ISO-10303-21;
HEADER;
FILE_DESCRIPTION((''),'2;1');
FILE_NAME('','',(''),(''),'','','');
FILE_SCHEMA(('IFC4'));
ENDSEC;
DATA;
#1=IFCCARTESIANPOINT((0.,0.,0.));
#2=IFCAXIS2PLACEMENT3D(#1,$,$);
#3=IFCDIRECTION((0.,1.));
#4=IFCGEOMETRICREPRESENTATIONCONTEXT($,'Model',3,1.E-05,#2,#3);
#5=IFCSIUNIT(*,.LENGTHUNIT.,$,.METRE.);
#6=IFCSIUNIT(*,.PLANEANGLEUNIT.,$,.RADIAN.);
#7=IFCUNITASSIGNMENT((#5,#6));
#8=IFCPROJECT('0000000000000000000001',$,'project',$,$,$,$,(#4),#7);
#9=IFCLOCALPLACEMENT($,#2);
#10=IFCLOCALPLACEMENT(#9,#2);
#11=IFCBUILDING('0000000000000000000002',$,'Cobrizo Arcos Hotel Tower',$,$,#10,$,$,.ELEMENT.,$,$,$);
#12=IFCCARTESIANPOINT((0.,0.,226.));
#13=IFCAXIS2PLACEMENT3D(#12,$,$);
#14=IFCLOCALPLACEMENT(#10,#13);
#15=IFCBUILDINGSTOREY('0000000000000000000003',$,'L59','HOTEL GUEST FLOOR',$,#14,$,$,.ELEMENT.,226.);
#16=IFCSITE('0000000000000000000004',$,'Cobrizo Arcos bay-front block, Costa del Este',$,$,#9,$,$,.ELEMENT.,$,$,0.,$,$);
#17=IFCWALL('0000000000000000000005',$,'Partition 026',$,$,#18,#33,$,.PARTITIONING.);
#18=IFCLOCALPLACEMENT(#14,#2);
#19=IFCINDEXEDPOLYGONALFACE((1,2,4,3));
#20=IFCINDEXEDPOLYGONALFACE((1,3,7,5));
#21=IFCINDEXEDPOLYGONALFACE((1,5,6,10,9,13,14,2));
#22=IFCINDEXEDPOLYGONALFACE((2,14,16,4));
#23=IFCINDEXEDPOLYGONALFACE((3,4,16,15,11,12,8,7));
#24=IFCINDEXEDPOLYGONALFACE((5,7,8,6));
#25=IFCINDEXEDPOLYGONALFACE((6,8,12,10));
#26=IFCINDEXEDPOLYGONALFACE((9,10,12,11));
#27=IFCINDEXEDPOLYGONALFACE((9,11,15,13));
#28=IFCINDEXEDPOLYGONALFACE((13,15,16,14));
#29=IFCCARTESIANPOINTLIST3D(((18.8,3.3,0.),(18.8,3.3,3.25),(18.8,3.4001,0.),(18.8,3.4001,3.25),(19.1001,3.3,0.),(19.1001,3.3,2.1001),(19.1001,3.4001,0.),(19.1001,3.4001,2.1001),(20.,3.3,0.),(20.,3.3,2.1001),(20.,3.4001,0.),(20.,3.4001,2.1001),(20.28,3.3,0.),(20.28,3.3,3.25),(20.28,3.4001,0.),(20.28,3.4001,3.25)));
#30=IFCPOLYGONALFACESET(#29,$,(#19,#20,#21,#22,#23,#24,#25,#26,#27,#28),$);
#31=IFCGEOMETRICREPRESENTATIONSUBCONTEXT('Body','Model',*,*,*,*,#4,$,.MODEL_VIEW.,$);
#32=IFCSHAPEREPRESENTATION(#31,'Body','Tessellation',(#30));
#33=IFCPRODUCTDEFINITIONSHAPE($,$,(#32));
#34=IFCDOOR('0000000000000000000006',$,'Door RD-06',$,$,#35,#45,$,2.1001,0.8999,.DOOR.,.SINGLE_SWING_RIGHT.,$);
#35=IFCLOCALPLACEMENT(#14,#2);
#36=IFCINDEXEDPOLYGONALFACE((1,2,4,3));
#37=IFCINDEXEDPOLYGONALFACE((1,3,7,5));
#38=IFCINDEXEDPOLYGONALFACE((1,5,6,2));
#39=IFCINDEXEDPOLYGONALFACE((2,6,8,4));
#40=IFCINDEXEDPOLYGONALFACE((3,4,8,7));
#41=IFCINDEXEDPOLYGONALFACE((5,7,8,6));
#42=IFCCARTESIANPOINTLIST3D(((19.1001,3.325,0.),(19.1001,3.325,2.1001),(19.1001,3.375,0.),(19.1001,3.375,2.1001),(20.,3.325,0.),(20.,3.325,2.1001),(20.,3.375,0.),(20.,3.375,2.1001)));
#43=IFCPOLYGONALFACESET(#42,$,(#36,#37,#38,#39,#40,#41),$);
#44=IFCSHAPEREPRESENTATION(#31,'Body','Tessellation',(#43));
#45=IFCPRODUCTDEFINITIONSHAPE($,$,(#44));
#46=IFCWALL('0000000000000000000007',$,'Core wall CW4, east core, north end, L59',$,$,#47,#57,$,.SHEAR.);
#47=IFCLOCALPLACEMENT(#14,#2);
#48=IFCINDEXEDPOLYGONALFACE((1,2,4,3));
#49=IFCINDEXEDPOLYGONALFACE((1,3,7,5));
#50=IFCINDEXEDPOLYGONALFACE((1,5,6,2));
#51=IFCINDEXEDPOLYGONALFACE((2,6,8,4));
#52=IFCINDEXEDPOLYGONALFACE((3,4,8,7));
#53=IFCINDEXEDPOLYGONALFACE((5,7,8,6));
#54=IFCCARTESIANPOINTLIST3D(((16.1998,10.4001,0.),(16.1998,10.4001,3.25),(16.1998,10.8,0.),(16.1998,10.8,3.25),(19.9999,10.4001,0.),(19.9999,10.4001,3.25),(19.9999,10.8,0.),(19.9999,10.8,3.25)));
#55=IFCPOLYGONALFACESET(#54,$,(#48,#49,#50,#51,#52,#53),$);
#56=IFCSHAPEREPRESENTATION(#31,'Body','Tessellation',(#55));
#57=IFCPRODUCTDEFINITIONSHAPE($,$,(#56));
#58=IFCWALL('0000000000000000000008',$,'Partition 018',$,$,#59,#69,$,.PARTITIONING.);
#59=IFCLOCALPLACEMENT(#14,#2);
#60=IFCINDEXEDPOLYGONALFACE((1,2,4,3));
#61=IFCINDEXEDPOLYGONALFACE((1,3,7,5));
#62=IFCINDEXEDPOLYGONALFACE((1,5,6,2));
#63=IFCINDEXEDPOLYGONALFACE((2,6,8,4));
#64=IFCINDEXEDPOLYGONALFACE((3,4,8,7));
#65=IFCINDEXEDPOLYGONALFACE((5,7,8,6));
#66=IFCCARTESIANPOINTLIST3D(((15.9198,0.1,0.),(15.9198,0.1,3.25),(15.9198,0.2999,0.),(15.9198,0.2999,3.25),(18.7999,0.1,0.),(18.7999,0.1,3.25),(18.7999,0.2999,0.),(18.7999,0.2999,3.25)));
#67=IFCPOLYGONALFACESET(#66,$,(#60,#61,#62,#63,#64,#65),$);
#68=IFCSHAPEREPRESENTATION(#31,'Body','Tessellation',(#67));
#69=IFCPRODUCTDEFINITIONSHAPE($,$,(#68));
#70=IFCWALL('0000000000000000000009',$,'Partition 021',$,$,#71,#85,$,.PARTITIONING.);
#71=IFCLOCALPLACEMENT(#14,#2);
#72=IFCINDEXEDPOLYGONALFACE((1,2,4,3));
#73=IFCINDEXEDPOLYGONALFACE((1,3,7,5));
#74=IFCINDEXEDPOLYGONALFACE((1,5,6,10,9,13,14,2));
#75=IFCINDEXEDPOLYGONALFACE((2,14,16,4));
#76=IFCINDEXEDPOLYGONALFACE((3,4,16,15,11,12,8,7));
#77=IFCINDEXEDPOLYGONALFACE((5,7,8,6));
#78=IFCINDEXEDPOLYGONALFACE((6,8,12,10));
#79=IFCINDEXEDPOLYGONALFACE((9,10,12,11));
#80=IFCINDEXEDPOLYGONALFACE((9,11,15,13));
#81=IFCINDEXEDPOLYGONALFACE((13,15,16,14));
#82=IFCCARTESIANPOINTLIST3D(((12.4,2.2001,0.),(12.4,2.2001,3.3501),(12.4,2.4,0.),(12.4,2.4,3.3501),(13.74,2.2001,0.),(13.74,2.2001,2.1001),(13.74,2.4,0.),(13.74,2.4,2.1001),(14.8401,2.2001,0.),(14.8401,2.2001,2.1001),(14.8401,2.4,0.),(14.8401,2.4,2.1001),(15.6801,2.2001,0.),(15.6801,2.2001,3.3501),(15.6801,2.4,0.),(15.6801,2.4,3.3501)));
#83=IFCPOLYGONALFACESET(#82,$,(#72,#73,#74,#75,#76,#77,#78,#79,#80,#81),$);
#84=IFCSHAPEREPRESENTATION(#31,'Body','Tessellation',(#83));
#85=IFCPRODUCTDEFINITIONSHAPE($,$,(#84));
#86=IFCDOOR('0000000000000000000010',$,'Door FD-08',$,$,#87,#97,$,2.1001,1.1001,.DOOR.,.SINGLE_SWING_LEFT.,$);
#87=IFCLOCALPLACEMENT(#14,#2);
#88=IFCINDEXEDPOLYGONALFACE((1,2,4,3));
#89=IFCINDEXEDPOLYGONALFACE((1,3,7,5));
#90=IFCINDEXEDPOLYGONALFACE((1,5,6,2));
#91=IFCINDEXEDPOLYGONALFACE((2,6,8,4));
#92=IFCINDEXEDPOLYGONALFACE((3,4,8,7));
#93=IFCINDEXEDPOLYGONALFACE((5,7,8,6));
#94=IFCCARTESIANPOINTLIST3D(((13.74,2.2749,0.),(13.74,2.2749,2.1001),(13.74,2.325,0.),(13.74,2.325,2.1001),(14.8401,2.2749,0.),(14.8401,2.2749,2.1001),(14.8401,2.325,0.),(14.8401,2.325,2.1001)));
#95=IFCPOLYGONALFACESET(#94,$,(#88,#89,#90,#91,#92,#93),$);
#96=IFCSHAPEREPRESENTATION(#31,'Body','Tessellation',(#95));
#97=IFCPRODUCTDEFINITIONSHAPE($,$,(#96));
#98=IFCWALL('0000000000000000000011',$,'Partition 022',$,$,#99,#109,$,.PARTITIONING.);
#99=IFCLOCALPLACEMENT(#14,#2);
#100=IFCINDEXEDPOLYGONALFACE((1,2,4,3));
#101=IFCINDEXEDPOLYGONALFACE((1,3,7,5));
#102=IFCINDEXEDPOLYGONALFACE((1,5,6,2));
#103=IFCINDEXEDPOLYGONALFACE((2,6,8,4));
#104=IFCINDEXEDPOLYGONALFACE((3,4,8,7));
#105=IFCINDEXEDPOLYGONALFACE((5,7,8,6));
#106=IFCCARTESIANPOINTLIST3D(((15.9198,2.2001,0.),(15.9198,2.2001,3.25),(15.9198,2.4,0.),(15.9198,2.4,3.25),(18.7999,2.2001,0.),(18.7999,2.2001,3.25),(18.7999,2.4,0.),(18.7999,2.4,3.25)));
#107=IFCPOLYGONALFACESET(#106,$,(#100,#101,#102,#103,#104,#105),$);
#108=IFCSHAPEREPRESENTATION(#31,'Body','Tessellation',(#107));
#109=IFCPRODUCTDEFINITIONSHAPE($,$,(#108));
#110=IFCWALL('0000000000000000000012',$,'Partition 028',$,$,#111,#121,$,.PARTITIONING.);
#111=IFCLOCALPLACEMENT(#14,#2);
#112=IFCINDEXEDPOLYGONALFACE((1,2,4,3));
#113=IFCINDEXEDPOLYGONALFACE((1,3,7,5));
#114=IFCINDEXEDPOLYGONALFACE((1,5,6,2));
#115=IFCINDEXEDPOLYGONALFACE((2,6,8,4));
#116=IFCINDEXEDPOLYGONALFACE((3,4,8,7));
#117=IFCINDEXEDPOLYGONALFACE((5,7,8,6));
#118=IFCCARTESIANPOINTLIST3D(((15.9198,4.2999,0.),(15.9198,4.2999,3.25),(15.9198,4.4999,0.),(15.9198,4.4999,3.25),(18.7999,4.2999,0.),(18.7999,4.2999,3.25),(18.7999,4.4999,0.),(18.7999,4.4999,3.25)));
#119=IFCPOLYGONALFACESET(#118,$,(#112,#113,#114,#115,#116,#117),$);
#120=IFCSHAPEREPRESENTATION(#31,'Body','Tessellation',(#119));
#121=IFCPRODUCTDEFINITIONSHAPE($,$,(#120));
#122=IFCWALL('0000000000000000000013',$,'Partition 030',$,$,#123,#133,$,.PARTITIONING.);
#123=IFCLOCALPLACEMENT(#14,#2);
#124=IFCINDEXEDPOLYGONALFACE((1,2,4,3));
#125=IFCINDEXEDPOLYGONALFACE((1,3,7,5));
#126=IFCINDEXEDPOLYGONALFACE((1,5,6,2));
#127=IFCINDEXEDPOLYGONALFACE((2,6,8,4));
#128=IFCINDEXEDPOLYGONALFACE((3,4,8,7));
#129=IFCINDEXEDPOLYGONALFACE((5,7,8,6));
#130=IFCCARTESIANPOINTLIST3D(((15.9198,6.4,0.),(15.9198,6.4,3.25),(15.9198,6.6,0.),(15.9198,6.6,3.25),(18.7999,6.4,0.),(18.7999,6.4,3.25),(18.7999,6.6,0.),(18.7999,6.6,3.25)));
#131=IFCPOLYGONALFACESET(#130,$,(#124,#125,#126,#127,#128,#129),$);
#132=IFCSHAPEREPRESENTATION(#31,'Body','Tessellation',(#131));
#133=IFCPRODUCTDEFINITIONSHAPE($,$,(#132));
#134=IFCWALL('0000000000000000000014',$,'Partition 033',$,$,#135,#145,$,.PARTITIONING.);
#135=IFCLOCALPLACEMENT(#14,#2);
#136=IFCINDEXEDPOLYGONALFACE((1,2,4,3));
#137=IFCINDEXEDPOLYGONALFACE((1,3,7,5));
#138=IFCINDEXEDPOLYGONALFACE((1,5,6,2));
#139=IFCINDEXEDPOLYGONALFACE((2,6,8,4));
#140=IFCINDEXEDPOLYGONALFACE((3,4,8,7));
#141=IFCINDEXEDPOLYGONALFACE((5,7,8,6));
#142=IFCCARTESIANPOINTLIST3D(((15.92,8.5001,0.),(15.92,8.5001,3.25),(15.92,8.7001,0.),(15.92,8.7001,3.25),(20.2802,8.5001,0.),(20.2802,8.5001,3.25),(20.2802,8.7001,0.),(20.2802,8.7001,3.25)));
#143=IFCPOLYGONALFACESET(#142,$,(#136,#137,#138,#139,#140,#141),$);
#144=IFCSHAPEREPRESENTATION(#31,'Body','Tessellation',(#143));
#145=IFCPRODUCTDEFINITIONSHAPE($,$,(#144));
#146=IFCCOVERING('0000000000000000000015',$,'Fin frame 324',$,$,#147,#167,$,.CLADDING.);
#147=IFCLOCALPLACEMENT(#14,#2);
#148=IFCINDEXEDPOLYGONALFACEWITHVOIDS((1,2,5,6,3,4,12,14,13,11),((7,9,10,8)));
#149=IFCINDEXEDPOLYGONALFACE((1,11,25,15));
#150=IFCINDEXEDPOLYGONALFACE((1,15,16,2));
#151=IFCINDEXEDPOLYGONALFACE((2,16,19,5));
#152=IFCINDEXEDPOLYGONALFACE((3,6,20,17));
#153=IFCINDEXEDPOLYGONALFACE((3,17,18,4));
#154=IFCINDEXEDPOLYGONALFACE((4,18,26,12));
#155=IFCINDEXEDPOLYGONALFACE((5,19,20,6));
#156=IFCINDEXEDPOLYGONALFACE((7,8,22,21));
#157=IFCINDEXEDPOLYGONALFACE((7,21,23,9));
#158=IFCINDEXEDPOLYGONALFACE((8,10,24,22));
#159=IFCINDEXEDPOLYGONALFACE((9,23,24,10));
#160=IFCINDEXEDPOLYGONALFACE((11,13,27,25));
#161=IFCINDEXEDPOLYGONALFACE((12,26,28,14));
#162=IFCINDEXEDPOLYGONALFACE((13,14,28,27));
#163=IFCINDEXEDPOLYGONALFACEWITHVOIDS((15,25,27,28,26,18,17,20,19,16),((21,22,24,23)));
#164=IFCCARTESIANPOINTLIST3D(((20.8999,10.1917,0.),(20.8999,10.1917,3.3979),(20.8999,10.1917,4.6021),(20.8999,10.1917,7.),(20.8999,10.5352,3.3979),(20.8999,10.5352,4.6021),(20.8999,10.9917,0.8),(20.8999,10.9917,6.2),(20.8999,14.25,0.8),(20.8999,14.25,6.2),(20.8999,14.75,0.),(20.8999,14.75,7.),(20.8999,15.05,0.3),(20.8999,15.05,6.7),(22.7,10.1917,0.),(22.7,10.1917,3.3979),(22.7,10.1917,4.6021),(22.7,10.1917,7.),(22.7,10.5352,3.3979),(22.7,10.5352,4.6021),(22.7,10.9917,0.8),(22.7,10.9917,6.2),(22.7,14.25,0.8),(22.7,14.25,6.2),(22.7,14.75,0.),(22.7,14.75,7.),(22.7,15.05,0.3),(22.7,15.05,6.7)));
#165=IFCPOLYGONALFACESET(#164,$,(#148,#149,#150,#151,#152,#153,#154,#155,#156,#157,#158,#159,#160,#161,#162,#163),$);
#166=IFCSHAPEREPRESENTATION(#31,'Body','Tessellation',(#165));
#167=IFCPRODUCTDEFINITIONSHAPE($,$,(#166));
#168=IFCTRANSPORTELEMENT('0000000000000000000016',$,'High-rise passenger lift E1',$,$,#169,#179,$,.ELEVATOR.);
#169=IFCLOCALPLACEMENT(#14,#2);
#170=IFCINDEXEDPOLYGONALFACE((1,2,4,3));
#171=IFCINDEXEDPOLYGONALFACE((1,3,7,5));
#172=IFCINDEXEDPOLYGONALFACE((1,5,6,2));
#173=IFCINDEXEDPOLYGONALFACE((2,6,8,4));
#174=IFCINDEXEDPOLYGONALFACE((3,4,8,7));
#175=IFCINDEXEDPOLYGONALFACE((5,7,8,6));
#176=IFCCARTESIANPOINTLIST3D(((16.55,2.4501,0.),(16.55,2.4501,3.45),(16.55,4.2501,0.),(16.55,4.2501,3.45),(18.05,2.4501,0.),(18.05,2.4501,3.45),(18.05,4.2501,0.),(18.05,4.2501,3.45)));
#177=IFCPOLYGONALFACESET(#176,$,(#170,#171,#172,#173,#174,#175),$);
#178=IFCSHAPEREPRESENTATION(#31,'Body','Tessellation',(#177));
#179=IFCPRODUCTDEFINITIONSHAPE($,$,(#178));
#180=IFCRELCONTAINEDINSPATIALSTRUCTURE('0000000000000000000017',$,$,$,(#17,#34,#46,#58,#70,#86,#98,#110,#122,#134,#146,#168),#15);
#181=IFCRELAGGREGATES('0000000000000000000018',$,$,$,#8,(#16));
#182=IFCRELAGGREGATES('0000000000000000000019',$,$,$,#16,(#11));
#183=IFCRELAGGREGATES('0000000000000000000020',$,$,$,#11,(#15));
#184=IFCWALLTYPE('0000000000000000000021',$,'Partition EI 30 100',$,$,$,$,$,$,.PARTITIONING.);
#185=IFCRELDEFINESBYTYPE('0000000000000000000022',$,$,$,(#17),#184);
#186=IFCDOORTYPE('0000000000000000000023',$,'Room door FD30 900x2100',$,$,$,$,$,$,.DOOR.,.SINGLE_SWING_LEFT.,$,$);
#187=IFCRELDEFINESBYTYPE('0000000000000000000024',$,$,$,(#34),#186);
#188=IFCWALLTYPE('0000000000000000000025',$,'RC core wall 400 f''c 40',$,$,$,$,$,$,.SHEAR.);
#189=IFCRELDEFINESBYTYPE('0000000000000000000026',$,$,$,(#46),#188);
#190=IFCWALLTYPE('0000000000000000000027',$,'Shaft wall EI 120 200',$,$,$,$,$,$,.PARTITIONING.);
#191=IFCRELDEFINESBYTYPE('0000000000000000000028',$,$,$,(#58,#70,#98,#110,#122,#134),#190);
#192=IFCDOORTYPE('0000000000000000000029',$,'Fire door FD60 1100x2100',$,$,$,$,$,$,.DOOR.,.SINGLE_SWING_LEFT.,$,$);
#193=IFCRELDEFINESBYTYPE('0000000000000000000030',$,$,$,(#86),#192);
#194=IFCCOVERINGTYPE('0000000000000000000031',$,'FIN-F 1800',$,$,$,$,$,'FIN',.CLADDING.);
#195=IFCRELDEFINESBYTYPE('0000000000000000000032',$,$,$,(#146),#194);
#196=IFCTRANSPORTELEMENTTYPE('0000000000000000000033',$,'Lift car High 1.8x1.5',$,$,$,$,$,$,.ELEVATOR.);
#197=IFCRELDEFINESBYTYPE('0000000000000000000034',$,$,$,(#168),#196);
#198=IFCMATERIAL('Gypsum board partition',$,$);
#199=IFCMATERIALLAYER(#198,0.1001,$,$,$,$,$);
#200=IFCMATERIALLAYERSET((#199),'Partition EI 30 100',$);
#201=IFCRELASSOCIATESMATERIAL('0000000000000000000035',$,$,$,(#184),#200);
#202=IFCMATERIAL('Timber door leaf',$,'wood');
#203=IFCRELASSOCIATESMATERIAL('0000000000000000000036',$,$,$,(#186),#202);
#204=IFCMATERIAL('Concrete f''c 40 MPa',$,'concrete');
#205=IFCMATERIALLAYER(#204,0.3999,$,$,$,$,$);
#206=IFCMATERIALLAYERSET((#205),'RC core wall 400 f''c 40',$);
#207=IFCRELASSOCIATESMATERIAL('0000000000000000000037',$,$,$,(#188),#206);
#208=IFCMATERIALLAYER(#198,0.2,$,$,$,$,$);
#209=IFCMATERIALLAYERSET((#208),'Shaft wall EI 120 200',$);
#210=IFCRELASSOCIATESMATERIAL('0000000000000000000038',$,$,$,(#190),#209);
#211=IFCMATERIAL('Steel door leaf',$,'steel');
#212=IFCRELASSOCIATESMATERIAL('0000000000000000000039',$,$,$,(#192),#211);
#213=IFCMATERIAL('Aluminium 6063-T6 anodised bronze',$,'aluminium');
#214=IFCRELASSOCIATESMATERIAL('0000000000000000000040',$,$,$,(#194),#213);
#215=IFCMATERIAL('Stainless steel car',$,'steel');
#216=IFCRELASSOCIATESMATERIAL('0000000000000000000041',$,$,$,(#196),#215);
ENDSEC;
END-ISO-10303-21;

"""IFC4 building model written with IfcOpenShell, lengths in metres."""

from ifc_helpers import new_model, si_unit, direction, frame, frame_2d, origin, origin_2d, place, context, subcontext, project, spatial, polyline, rectangle, outline, extrude, material, layer, layer_set, type_object, element, fill, save


model = new_model("IFC4")

# Units and contexts
model_context = context("Model", 3, precision=1e-05, world=origin(), true_north=direction((0.0, 1.0)))
body_context = subcontext(model_context, "Body", "Model", "MODEL_VIEW")
ifc_project = project(units=[si_unit("LENGTHUNIT", "METRE"), si_unit("PLANEANGLEUNIT", "RADIAN")], contexts=[model_context])

# Site, building, storey
site_placement = place(None, origin())
site = spatial("IfcSite", under=ifc_project, at=site_placement, Name="Cobrizo Arcos bay-front block, Costa del Este", CompositionType="ELEMENT", RefElevation=0.0)
building_placement = place(site_placement, origin())
building = spatial("IfcBuilding", under=site, at=building_placement, Name="Cobrizo Arcos Hotel Tower", CompositionType="ELEMENT")
storey_placement = place(building_placement, frame((0.0, 0.0, 226.0)))
storey = spatial("IfcBuildingStorey", under=building, at=storey_placement, Name="L59", Description="HOTEL GUEST FLOOR", CompositionType="ELEMENT", Elevation=226.0)

# Shared definitions
ifc_material_1 = material(Name="Aluminium 6063-T6 anodised bronze", Category="aluminium")

# Shared definitions
ifc_material_2 = material(Name="Gypsum board partition")

# Wall, opening, door
ifc_layer_1 = layer(ifc_material_2, 0.1001)
ifc_layer_set_1 = layer_set([ifc_layer_1], Name="Partition EI 30 100")
wall_type_1 = type_object("IfcWallType", Name="Partition EI 30 100", PredefinedType="PARTITIONING", material=ifc_layer_set_1)
wall_1_placement = place(storey_placement, frame((18.8, 3.3501, 0.0), z_axis=(0.0, 0.0, 1.0), x_axis=(1.0, 0.0, 0.0)))
wall_1 = element("IfcWall", 1, at=wall_1_placement, inside=storey, type_object=wall_type_1, Name="Partition 026", PredefinedType="PARTITIONING", context=body_context, shape_type="SweptSolid", body=[
    extrude(rectangle(XDim=1.48, YDim=0.1001, at=frame_2d((0.74, 0.0))), origin(), (0.0, 0.0, 1.0), 3.25),
])
opening_1_placement = place(wall_1_placement, frame((0.3, 0.0, 0.0)))
opening_1 = element("IfcOpeningElement", 2, at=opening_1_placement, cuts=wall_1, PredefinedType="OPENING", context=body_context, shape_type="SweptSolid", body=[
    extrude(rectangle(XDim=0.8999, YDim=2.1001, at=frame_2d((0.45, 1.05))), frame((0.0, 0.062, 0.0), z_axis=(0.0, -1.0, 0.0), x_axis=(1.0, 0.0, 0.0)), (0.0, 0.0, 1.0), 0.124),
])
ifc_material_3 = material(Name="Timber door leaf", Category="wood")
door_type_1 = type_object("IfcDoorType", Name="Room door FD30 900x2100", OperationType="SINGLE_SWING_LEFT", PredefinedType="DOOR", material=ifc_material_3)
door_1_placement = place(opening_1_placement, origin())
door_1 = element("IfcDoor", 3, at=door_1_placement, inside=storey, type_object=door_type_1, Name="Door RD-06", OperationType="SINGLE_SWING_RIGHT", OverallHeight=2.1001, OverallWidth=0.8999, PredefinedType="DOOR", context=body_context, shape_type="SweptSolid", body=[
    extrude(rectangle(XDim=0.8999, YDim=2.1001, at=frame_2d((0.45, 1.05))), frame((0.0, 0.0249, 0.0), z_axis=(0.0, -1.0, 0.0), x_axis=(1.0, 0.0, 0.0)), (0.0, 0.0, 1.0), 0.05),
])
fill(opening_1, door_1)

# Walls
ifc_material_4 = material(Name="Concrete f'c 40 MPa", Category="concrete")
ifc_layer_2 = layer(ifc_material_4, 0.3999)
ifc_layer_set_2 = layer_set([ifc_layer_2], Name="RC core wall 400 f'c 40")
wall_type_2 = type_object("IfcWallType", Name="RC core wall 400 f'c 40", PredefinedType="SHEAR", material=ifc_layer_set_2)
wall_2_placement = place(storey_placement, frame((16.2, 10.6001, 0.0), z_axis=(0.0, 0.0, 1.0), x_axis=(1.0, 0.0, 0.0)))
element("IfcWall", 4, at=wall_2_placement, inside=storey, type_object=wall_type_2, Name="Core wall CW4, east core, north end, L59", PredefinedType="SHEAR", context=body_context, shape_type="SweptSolid", body=[
    extrude(rectangle(XDim=3.8, YDim=0.3999, at=frame_2d((1.8999, 0.0))), origin(), (0.0, 0.0, 1.0), 3.25),
])
ifc_layer_3 = layer(ifc_material_2, 0.2)
ifc_layer_set_3 = layer_set([ifc_layer_3], Name="Shaft wall EI 120 200")
wall_type_3 = type_object("IfcWallType", Name="Shaft wall EI 120 200", PredefinedType="PARTITIONING", material=ifc_layer_set_3)
wall_3_placement = place(storey_placement, frame((15.9199, 0.2, 0.0), z_axis=(0.0, 0.0, 1.0), x_axis=(1.0, 0.0, 0.0)))
element("IfcWall", 5, at=wall_3_placement, inside=storey, type_object=wall_type_3, Name="Partition 018", PredefinedType="PARTITIONING", context=body_context, shape_type="SweptSolid", body=[
    extrude(rectangle(XDim=2.8801, YDim=0.2, at=frame_2d((1.4399, 0.0))), origin(), (0.0, 0.0, 1.0), 3.25),
])

# Wall, opening, door
wall_4_placement = place(storey_placement, frame((12.3999, 2.3, 0.0), z_axis=(0.0, 0.0, 1.0), x_axis=(1.0, 0.0, 0.0)))
wall_4 = element("IfcWall", 6, at=wall_4_placement, inside=storey, type_object=wall_type_3, Name="Partition 021", PredefinedType="PARTITIONING", context=body_context, shape_type="SweptSolid", body=[
    extrude(rectangle(XDim=3.28, YDim=0.2, at=frame_2d((1.6401, 0.0))), origin(), (0.0, 0.0, 1.0), 3.3501),
])
opening_2_placement = place(wall_4_placement, frame((1.3401, 0.0, 0.0)))
opening_2 = element("IfcOpeningElement", 7, at=opening_2_placement, cuts=wall_4, PredefinedType="OPENING", context=body_context, shape_type="SweptSolid", body=[
    extrude(rectangle(XDim=1.1001, YDim=2.1001, at=frame_2d((0.55, 1.05))), frame((0.0, 0.1121, 0.0), z_axis=(0.0, -1.0, 0.0), x_axis=(1.0, 0.0, 0.0)), (0.0, 0.0, 1.0), 0.2239),
])
ifc_material_5 = material(Name="Steel door leaf", Category="steel")
door_type_2 = type_object("IfcDoorType", Name="Fire door FD60 1100x2100", OperationType="SINGLE_SWING_LEFT", PredefinedType="DOOR", material=ifc_material_5)
door_2_placement = place(opening_2_placement, origin())
door_2 = element("IfcDoor", 8, at=door_2_placement, inside=storey, type_object=door_type_2, Name="Door FD-08", OperationType="SINGLE_SWING_LEFT", OverallHeight=2.1001, OverallWidth=1.1001, PredefinedType="DOOR", context=body_context, shape_type="SweptSolid", body=[
    extrude(rectangle(XDim=1.1001, YDim=2.1001, at=frame_2d((0.55, 1.05))), frame((0.0, 0.0249, 0.0), z_axis=(0.0, -1.0, 0.0), x_axis=(1.0, 0.0, 0.0)), (0.0, 0.0, 1.0), 0.05),
])
fill(opening_2, door_2)

# Walls
for number, where, z_axis, x_axis, name in (
    (9, (15.9199, 2.3, 0.0), (0.0, 0.0, 1.0), (1.0, 0.0, 0.0), "Partition 022"),
    (10, (15.9199, 4.3999, 0.0), (0.0, 0.0, 1.0), (1.0, 0.0, 0.0), "Partition 028"),
    (11, (15.9199, 6.5, 0.0), (0.0, 0.0, 1.0), (1.0, 0.0, 0.0), "Partition 030"),
):
    element("IfcWall", number, at=place(storey_placement, frame(where, z_axis=z_axis, x_axis=x_axis)), inside=storey, type_object=wall_type_3, Name=name, PredefinedType="PARTITIONING", context=body_context, shape_type="SweptSolid", body=[
        extrude(rectangle(XDim=2.8801, YDim=0.2, at=frame_2d((1.4399, 0.0))), origin(), (0.0, 0.0, 1.0), 3.25),
    ])
wall_5_placement = place(storey_placement, frame((15.9199, 8.6001, 0.0), z_axis=(0.0, 0.0, 1.0), x_axis=(1.0, 0.0, 0.0)))
element("IfcWall", 12, at=wall_5_placement, inside=storey, type_object=wall_type_3, Name="Partition 033", PredefinedType="PARTITIONING", context=body_context, shape_type="SweptSolid", body=[
    extrude(rectangle(XDim=4.3601, YDim=0.2, at=frame_2d((2.1802, 0.0))), origin(), (0.0, 0.0, 1.0), 3.25),
])

# Covering
covering_type = type_object("IfcCoveringType", Name="FIN-F 1800", ElementType="FIN", PredefinedType="CLADDING", material=ifc_material_1)
covering_placement = place(storey_placement, frame((20.8999, 10.1917, 0.0), z_axis=(1.0, 0.0, 0.0), x_axis=(0.0, 1.0, 0.0)))
element("IfcCovering", 13, at=covering_placement, inside=storey, type_object=covering_type, Name="Fin frame 324", PredefinedType="CLADDING", context=body_context, shape_type="SweptSolid", body=[
    extrude(outline(polyline([(0.0, 7.0), (0.0, 4.6021), (0.3435, 4.6021), (0.3435, 3.3979), (0.0, 3.3979), (0.0, 0.0), (4.5583, 0.0), (4.8584, 0.3), (4.8584, 6.7), (4.5583, 7.0), (0.0, 7.0)]), holes=[polyline([(4.0583, 0.8), (0.8, 0.8), (0.8, 6.2), (4.0583, 6.2), (4.0583, 0.8)])]), origin(), (0.0, 0.0, 1.0), 1.8),
])

# Transport element
ifc_material_6 = material(Name="Stainless steel car", Category="steel")
transport_element_type = type_object("IfcTransportElementType", Name="Lift car High 1.8x1.5", PredefinedType="ELEVATOR", material=ifc_material_6)
for number, where, z_axis, x_axis, name in (
    (14, (17.3, 3.3501, 0.0), (0.0, 0.0, 1.0), (1.0, 0.0, 0.0), "High-rise passenger lift E1"),
):
    element("IfcTransportElement", number, at=place(storey_placement, frame(where, z_axis=z_axis, x_axis=x_axis)), inside=storey, type_object=transport_element_type, Name=name, PredefinedType="ELEVATOR", context=body_context, shape_type="SweptSolid", body=[
        extrude(rectangle(XDim=1.5, YDim=1.8, at=origin_2d()), origin(), (0.0, 0.0, 1.0), 3.45),
    ])

save(model, "model.ifc")
